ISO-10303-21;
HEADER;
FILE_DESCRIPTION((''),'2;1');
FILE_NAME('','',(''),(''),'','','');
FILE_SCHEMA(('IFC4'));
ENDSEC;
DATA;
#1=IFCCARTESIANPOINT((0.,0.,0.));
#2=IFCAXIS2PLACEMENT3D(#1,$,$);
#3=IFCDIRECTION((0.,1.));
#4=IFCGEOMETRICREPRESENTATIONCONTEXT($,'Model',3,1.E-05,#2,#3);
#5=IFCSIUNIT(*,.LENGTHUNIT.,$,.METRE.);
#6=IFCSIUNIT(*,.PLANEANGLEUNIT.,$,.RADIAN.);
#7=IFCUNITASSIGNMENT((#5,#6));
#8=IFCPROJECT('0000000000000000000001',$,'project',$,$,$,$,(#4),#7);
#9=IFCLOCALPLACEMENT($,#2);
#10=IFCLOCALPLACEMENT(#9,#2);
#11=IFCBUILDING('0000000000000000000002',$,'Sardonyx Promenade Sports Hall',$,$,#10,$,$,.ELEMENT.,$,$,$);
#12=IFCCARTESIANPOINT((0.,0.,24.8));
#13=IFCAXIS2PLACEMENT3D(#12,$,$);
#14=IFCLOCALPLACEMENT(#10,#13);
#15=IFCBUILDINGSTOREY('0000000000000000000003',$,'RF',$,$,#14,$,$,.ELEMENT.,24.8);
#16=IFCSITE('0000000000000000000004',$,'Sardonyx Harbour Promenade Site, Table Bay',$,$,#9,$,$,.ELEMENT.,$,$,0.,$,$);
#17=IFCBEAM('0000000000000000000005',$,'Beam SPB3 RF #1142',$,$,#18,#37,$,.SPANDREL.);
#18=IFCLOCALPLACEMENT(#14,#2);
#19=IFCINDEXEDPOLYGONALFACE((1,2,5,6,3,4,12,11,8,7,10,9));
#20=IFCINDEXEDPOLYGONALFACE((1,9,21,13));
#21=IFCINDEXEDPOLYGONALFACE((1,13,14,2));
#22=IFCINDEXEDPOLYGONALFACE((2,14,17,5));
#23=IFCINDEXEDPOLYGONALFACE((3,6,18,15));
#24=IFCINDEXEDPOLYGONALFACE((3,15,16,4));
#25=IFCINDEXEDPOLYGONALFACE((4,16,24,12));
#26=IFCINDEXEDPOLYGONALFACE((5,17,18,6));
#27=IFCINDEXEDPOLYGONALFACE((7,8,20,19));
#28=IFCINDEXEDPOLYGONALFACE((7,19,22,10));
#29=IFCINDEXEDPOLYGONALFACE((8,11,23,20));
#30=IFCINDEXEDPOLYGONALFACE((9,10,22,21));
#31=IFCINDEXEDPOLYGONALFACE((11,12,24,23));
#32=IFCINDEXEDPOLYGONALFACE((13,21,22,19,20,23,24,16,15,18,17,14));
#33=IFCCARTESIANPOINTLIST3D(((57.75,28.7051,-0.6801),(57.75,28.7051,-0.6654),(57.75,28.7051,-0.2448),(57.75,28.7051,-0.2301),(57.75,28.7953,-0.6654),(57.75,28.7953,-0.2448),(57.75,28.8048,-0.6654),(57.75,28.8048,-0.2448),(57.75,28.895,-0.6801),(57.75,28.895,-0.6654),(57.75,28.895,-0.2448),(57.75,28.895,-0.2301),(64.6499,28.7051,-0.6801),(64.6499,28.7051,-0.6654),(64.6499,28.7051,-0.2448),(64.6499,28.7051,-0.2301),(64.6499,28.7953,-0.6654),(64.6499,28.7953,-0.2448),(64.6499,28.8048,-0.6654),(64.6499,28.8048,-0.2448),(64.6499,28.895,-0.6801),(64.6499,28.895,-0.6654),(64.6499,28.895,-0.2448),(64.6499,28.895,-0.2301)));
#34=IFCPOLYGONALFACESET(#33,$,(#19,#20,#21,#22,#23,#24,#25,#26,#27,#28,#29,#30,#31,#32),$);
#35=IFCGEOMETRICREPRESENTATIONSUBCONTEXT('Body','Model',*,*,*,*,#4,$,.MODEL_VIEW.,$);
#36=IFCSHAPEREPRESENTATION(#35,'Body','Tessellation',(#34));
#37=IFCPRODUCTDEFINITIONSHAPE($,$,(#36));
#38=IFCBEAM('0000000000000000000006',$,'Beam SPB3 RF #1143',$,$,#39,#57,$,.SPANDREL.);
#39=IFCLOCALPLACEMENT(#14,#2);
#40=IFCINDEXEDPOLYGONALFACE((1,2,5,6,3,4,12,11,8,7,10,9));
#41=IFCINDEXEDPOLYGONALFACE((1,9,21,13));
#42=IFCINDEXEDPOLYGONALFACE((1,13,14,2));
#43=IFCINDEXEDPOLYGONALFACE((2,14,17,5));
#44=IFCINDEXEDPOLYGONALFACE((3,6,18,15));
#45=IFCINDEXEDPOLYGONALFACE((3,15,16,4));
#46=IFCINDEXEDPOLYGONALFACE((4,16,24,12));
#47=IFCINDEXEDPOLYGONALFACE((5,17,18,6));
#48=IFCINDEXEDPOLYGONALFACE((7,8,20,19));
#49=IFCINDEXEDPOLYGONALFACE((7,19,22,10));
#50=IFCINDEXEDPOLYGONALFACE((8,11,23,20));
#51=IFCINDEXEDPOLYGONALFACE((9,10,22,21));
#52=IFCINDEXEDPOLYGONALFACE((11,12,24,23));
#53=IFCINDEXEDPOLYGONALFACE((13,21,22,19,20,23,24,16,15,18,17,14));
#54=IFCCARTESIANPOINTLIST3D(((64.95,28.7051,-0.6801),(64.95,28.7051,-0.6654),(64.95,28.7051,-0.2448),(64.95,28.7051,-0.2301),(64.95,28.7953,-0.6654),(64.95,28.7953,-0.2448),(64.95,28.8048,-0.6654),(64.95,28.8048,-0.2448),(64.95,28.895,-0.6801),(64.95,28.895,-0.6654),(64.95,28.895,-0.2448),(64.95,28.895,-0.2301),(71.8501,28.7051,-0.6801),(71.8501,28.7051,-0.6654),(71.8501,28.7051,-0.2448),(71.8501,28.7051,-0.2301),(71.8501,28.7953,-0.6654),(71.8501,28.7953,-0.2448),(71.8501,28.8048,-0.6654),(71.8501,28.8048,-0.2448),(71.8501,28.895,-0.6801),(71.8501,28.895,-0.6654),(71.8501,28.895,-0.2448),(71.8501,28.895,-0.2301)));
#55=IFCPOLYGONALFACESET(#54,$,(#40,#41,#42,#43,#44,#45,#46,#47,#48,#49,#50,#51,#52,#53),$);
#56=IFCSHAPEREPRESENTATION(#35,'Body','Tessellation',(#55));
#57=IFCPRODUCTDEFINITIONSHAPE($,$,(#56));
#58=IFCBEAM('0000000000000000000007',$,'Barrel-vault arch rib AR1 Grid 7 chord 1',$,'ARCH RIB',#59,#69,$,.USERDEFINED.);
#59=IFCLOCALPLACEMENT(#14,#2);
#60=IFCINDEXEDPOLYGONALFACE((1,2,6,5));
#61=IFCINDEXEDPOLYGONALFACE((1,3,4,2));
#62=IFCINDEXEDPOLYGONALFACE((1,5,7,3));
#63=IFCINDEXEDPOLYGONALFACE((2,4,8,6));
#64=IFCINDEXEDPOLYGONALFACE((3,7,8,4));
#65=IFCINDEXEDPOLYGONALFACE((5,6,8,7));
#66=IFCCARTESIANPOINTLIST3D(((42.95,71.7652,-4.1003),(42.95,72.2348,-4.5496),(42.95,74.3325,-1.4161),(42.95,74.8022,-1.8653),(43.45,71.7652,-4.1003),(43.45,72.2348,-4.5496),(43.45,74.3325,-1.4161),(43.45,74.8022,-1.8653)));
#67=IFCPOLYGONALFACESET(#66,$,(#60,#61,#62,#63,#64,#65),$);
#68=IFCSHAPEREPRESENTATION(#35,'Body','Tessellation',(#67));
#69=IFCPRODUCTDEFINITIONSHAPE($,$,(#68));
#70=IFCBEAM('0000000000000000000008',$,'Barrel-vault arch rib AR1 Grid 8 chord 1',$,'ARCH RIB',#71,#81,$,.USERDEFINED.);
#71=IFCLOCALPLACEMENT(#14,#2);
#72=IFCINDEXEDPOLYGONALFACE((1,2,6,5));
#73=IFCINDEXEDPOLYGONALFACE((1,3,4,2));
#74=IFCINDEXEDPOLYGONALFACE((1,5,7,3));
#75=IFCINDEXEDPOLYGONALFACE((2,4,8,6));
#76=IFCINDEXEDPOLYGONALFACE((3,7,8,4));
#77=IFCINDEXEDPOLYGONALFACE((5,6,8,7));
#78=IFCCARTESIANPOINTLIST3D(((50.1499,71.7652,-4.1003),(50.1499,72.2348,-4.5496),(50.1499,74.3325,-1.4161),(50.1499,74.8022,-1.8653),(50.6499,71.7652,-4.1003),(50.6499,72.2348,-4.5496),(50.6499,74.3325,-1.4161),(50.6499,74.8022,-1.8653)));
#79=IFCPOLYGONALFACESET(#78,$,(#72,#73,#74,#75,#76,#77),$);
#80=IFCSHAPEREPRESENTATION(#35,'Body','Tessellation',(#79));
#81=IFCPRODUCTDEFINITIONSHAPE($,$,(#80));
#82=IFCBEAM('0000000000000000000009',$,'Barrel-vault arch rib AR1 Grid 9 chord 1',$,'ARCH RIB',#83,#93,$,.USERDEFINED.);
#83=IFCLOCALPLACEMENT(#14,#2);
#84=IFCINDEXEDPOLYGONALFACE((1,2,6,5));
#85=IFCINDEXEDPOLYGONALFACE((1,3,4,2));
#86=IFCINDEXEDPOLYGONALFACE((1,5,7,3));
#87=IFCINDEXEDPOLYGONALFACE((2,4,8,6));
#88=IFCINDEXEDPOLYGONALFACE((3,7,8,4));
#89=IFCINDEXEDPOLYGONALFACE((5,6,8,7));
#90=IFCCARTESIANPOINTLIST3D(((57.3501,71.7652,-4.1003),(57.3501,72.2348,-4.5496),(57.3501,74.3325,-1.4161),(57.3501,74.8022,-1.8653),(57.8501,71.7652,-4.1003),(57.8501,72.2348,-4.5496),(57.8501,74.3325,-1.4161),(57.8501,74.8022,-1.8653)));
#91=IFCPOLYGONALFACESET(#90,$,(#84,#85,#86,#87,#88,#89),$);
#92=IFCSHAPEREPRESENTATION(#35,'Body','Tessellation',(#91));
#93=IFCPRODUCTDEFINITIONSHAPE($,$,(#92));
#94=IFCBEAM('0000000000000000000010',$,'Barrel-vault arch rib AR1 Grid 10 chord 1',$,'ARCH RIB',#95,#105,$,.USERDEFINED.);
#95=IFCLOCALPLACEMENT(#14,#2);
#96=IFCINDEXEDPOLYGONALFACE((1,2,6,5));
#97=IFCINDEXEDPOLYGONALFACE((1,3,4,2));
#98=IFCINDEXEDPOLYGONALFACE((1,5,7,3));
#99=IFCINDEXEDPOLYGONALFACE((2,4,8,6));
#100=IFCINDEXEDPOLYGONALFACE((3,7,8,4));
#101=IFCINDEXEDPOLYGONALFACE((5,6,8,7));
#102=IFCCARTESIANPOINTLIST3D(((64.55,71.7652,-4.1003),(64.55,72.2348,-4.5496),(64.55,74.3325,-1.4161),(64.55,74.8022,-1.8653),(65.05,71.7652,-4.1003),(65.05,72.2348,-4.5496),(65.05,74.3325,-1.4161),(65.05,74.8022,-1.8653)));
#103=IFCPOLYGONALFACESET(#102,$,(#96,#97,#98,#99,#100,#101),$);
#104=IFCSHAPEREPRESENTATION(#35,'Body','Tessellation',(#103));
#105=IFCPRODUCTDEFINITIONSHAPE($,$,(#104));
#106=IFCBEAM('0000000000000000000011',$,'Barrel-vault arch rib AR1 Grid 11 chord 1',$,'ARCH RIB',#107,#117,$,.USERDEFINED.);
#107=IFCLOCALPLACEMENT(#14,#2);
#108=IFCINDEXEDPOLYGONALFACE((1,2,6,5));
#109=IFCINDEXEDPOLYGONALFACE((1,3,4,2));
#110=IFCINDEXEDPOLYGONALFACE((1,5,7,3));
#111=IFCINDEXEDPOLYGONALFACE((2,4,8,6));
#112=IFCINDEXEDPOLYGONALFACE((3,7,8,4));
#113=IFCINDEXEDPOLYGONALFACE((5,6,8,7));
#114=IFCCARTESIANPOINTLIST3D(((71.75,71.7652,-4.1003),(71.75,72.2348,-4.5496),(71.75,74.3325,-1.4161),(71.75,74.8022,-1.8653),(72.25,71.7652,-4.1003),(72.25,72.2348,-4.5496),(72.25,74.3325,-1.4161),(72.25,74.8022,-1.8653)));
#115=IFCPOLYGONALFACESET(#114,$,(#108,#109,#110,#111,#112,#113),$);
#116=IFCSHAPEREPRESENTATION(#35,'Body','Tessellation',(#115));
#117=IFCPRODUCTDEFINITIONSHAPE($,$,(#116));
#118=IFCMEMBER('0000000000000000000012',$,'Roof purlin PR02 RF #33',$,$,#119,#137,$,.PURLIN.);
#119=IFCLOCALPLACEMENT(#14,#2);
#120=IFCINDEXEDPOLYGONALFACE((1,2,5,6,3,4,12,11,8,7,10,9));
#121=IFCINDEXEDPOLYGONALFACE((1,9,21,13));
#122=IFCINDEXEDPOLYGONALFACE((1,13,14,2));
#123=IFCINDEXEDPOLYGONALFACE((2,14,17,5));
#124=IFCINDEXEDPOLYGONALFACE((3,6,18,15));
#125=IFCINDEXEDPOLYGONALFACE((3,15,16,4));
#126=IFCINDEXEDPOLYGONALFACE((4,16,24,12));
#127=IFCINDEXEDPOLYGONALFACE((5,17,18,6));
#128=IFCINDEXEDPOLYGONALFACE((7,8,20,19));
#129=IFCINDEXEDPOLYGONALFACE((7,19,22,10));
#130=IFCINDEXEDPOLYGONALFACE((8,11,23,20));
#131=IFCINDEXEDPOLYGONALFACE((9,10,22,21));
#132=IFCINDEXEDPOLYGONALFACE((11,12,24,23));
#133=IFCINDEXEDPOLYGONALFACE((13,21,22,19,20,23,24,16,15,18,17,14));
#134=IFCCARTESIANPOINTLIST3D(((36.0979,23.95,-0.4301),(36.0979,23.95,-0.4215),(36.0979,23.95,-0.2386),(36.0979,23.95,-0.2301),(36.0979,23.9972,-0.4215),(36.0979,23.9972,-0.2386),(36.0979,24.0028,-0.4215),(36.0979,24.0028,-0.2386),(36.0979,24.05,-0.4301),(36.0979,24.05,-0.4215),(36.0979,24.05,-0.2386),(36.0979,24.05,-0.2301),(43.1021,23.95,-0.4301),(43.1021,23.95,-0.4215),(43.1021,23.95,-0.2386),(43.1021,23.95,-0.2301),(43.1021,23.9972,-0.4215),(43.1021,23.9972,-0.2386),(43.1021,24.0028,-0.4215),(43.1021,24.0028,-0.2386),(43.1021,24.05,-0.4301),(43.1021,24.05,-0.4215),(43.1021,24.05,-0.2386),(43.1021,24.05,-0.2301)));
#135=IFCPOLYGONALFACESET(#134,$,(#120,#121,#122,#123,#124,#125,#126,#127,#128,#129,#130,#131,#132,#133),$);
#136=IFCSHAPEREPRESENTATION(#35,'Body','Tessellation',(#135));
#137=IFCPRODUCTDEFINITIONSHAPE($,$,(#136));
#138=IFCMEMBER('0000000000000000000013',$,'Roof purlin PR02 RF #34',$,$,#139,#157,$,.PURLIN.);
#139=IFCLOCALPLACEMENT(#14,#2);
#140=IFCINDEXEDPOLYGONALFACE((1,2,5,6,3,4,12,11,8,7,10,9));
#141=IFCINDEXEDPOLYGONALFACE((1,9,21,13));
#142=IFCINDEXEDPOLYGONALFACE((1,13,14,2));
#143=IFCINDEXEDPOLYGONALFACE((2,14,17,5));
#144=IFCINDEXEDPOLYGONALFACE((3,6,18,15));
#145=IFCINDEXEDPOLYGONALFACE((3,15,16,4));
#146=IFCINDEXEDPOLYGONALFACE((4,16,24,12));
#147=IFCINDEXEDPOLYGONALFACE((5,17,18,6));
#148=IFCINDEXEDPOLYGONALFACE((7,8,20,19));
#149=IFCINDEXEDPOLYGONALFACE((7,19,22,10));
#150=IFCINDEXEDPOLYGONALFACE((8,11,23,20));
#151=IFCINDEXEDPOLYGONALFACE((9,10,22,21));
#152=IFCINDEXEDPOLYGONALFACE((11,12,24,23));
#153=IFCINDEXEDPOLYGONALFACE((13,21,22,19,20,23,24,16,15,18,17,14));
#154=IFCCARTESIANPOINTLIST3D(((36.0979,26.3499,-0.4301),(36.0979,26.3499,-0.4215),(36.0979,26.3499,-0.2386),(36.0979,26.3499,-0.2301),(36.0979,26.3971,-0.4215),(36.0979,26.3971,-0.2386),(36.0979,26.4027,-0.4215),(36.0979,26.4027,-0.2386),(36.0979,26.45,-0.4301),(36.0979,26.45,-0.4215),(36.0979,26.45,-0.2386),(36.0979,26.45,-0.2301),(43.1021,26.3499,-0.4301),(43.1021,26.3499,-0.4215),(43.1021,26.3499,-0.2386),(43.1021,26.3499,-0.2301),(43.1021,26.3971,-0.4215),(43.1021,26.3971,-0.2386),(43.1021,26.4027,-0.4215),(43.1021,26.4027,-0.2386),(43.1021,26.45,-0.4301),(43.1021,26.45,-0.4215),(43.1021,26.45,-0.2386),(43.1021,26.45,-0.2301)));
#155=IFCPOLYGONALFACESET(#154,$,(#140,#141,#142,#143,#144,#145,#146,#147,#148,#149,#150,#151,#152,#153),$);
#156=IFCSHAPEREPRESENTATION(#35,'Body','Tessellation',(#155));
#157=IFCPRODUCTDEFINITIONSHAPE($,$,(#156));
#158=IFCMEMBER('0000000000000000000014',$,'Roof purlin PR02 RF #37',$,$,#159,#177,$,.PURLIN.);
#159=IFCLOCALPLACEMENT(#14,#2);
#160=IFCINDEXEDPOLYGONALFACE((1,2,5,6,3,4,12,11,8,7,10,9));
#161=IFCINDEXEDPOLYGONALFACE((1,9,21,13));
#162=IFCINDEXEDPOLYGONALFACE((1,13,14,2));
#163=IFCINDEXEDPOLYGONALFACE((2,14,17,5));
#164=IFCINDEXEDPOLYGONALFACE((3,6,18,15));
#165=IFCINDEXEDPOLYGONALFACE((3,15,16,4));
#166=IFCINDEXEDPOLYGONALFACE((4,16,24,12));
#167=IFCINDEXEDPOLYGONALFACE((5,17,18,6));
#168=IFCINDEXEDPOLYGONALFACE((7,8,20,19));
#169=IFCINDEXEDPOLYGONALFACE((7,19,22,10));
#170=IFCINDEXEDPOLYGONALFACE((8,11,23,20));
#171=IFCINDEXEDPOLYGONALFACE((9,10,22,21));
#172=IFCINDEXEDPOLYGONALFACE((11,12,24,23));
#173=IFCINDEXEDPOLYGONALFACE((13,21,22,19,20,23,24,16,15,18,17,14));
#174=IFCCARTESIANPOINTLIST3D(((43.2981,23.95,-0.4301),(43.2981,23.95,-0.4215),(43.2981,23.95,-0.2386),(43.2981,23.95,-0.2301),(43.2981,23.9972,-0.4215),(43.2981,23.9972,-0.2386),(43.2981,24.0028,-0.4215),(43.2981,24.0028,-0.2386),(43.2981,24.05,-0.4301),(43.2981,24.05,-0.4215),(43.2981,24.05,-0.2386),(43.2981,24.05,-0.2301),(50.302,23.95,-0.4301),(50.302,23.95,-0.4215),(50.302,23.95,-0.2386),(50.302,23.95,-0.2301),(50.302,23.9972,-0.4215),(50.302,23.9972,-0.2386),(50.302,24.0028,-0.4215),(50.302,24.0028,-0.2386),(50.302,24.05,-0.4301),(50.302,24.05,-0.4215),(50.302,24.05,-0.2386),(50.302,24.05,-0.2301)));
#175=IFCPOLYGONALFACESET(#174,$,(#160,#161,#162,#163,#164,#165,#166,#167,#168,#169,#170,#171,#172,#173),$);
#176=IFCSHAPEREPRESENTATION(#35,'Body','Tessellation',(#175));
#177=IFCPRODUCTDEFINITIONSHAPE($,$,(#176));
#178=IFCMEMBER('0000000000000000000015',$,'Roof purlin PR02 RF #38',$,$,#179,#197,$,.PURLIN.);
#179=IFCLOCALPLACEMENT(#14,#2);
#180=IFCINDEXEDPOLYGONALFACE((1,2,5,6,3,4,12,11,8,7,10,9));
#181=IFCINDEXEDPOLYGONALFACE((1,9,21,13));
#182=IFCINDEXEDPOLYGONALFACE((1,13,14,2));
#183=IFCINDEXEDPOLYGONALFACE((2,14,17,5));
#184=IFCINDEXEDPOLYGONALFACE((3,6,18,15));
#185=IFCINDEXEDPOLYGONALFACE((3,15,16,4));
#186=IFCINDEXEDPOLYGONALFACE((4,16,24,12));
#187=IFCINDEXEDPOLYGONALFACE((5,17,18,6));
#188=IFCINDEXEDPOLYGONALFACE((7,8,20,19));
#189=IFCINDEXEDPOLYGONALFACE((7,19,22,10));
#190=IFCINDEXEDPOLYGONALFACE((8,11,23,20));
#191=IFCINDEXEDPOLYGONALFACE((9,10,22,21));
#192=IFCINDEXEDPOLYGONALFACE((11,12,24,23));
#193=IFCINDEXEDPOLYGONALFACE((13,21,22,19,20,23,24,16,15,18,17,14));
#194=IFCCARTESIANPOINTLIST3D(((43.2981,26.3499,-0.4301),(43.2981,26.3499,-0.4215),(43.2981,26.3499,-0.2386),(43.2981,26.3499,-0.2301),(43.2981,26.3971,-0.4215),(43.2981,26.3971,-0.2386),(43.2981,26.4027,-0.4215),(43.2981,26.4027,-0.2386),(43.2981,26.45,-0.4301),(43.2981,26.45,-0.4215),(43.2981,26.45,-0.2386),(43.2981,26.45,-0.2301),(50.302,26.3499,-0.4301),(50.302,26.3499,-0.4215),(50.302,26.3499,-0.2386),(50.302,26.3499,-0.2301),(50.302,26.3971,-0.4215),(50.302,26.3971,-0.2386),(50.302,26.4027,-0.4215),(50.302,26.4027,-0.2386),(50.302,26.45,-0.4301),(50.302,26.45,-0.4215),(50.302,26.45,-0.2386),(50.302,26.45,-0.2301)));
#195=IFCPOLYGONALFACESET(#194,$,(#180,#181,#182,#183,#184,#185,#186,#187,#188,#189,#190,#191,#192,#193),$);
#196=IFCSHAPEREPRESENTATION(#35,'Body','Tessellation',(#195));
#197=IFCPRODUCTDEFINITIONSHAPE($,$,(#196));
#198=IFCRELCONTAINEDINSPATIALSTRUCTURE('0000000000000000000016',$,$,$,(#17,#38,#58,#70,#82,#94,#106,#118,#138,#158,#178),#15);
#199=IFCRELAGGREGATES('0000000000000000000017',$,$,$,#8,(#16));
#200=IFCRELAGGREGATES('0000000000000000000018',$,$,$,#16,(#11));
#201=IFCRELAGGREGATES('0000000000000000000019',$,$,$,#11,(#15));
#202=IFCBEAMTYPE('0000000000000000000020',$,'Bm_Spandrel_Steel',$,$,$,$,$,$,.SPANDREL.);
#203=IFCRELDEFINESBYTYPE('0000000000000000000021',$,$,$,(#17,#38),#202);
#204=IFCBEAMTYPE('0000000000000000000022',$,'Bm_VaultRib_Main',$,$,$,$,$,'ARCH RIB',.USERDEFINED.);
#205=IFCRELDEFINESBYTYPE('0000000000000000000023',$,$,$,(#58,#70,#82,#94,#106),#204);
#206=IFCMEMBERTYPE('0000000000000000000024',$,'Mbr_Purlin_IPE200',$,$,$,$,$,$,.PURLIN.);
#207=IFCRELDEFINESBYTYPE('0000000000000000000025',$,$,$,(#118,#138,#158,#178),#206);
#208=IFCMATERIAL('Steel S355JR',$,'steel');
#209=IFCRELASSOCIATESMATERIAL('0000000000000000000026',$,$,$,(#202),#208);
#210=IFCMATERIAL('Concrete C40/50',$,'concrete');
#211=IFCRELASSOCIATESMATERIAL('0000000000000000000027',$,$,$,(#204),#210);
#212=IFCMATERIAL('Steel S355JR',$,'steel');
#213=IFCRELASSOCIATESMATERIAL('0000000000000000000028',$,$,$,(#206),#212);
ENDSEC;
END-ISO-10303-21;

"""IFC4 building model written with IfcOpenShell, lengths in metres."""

from ifc_helpers import new_model, si_unit, direction, frame, origin, origin_2d, place, context, subcontext, project, spatial, rectangle, i_section, extrude, material, material_profile, profile_set, type_object, element, save


model = new_model("IFC4")

# Units and contexts
model_context = context("Model", 3, precision=1e-05, world=origin(), true_north=direction((0.0, 1.0)))
body_context = subcontext(model_context, "Body", "Model", "MODEL_VIEW")
ifc_project = project(units=[si_unit("LENGTHUNIT", "METRE"), si_unit("PLANEANGLEUNIT", "RADIAN")], contexts=[model_context])

# Site, building, storey
site_placement = place(None, origin())
site = spatial("IfcSite", under=ifc_project, at=site_placement, Name="Sardonyx Harbour Promenade Site, Table Bay", CompositionType="ELEMENT", RefElevation=0.0)
building_placement = place(site_placement, origin())
building = spatial("IfcBuilding", under=site, at=building_placement, Name="Sardonyx Promenade Sports Hall", CompositionType="ELEMENT")
storey_placement = place(building_placement, frame((0.0, 0.0, 24.8)))
storey = spatial("IfcBuildingStorey", under=building, at=storey_placement, Name="RF", CompositionType="ELEMENT", Elevation=24.8)

# Beams
ifc_material_1 = material(Name="Steel S355JR", Category="steel")
ifc_material_profile_1 = material_profile(ifc_material_1, i_section(OverallWidth=0.1899, OverallDepth=0.45, WebThickness=0.0095, FlangeThickness=0.0146, at=origin_2d()))
ifc_profile_set_1 = profile_set([ifc_material_profile_1], Name="Steel S355JR")
beam_type_1 = type_object("IfcBeamType", Name="Bm_Spandrel_Steel", PredefinedType="SPANDREL", material=ifc_profile_set_1)
for number, where, z_axis, x_axis, name in (
    (1, (57.75, 28.8, -0.4551), (1.0, 0.0, 0.0), (0.0, 1.0, 0.0), "Beam SPB3 RF #1142"),
):
    element("IfcBeam", number, at=place(storey_placement, frame(where, z_axis=z_axis, x_axis=x_axis)), inside=storey, type_object=beam_type_1, Name=name, PredefinedType="SPANDREL", context=body_context, shape_type="SweptSolid", body=[
        extrude(i_section(OverallWidth=0.1899, OverallDepth=0.45, WebThickness=0.0095, FlangeThickness=0.0146, at=origin_2d()), origin(), (0.0, 0.0, 1.0), 6.8999),
    ])
beam_1_placement = place(storey_placement, frame((64.95, 28.8, -0.4551), z_axis=(1.0, 0.0, 0.0), x_axis=(0.0, 1.0, 0.0)))
element("IfcBeam", 2, at=beam_1_placement, inside=storey, type_object=beam_type_1, Name="Beam SPB3 RF #1143", PredefinedType="SPANDREL", context=body_context, shape_type="SweptSolid", body=[
    extrude(i_section(OverallWidth=0.1899, OverallDepth=0.45, WebThickness=0.0095, FlangeThickness=0.0146, at=origin_2d()), origin(), (0.0, 0.0, 1.0), 6.9001),
])
ifc_material_2 = material(Name="Concrete C40/50", Category="concrete")
ifc_material_profile_2 = material_profile(ifc_material_2, rectangle(XDim=0.5, YDim=0.6499, at=origin_2d()))
ifc_profile_set_2 = profile_set([ifc_material_profile_2], Name="Concrete C40/50")
beam_type_2 = type_object("IfcBeamType", Name="Bm_VaultRib_Main", ElementType="ARCH RIB", PredefinedType="USERDEFINED", material=ifc_profile_set_2)
for number, where, z_axis, x_axis, name in (
    (3, (43.2, 72.0, -4.325), (0.0, 0.69119, 0.722673), (-1.0, 0.0, 0.0), "Barrel-vault arch rib AR1 Grid 7 chord 1"),
    (4, (50.3999, 72.0, -4.325), (0.0, 0.69119, 0.722673), (-1.0, 0.0, 0.0), "Barrel-vault arch rib AR1 Grid 8 chord 1"),
    (5, (57.6001, 72.0, -4.325), (0.0, 0.69119, 0.722673), (-1.0, 0.0, 0.0), "Barrel-vault arch rib AR1 Grid 9 chord 1"),
    (6, (64.8, 72.0, -4.325), (0.0, 0.69119, 0.722673), (-1.0, 0.0, 0.0), "Barrel-vault arch rib AR1 Grid 10 chord 1"),
    (7, (72.0, 72.0, -4.325), (0.0, 0.69119, 0.722673), (-1.0, 0.0, 0.0), "Barrel-vault arch rib AR1 Grid 11 chord 1"),
):
    element("IfcBeam", number, at=place(storey_placement, frame(where, z_axis=z_axis, x_axis=x_axis)), inside=storey, type_object=beam_type_2, Name=name, ObjectType="ARCH RIB", PredefinedType="USERDEFINED", context=body_context, shape_type="SweptSolid", body=[
        extrude(rectangle(XDim=0.5, YDim=0.6499, at=origin_2d()), origin(), (0.0, 0.0, 1.0), 3.7144),
    ])

# Members
ifc_material_3 = material(Name="Steel S355JR", Category="steel")
ifc_material_profile_3 = material_profile(ifc_material_3, i_section(OverallWidth=0.1001, OverallDepth=0.2, WebThickness=0.0056, FlangeThickness=0.0085, at=origin_2d()))
ifc_profile_set_3 = profile_set([ifc_material_profile_3], Name="Steel S355JR")
member_type = type_object("IfcMemberType", Name="Mbr_Purlin_IPE200", PredefinedType="PURLIN", material=ifc_profile_set_3)
for number, where, z_axis, x_axis, name in (
    (8, (36.0979, 24.0, -0.3301), (1.0, 0.0, 0.0), (0.0, 1.0, 0.0), "Roof purlin PR02 RF #33"),
    (9, (36.0979, 26.3999, -0.3301), (1.0, 0.0, 0.0), (0.0, 1.0, 0.0), "Roof purlin PR02 RF #34"),
):
    element("IfcMember", number, at=place(storey_placement, frame(where, z_axis=z_axis, x_axis=x_axis)), inside=storey, type_object=member_type, Name=name, PredefinedType="PURLIN", context=body_context, shape_type="SweptSolid", body=[
        extrude(i_section(OverallWidth=0.1001, OverallDepth=0.2, WebThickness=0.0056, FlangeThickness=0.0085, at=origin_2d()), origin(), (0.0, 0.0, 1.0), 7.0042),
    ])
for number, where, z_axis, x_axis, name in (
    (10, (43.2981, 24.0, -0.3301), (1.0, 0.0, 0.0), (0.0, 1.0, 0.0), "Roof purlin PR02 RF #37"),
    (11, (43.2981, 26.3999, -0.3301), (1.0, 0.0, 0.0), (0.0, 1.0, 0.0), "Roof purlin PR02 RF #38"),
):
    element("IfcMember", number, at=place(storey_placement, frame(where, z_axis=z_axis, x_axis=x_axis)), inside=storey, type_object=member_type, Name=name, PredefinedType="PURLIN", context=body_context, shape_type="SweptSolid", body=[
        extrude(i_section(OverallWidth=0.1001, OverallDepth=0.2, WebThickness=0.0056, FlangeThickness=0.0085, at=origin_2d()), origin(), (0.0, 0.0, 1.0), 7.0039),
    ])

save(model, "model.ifc")
